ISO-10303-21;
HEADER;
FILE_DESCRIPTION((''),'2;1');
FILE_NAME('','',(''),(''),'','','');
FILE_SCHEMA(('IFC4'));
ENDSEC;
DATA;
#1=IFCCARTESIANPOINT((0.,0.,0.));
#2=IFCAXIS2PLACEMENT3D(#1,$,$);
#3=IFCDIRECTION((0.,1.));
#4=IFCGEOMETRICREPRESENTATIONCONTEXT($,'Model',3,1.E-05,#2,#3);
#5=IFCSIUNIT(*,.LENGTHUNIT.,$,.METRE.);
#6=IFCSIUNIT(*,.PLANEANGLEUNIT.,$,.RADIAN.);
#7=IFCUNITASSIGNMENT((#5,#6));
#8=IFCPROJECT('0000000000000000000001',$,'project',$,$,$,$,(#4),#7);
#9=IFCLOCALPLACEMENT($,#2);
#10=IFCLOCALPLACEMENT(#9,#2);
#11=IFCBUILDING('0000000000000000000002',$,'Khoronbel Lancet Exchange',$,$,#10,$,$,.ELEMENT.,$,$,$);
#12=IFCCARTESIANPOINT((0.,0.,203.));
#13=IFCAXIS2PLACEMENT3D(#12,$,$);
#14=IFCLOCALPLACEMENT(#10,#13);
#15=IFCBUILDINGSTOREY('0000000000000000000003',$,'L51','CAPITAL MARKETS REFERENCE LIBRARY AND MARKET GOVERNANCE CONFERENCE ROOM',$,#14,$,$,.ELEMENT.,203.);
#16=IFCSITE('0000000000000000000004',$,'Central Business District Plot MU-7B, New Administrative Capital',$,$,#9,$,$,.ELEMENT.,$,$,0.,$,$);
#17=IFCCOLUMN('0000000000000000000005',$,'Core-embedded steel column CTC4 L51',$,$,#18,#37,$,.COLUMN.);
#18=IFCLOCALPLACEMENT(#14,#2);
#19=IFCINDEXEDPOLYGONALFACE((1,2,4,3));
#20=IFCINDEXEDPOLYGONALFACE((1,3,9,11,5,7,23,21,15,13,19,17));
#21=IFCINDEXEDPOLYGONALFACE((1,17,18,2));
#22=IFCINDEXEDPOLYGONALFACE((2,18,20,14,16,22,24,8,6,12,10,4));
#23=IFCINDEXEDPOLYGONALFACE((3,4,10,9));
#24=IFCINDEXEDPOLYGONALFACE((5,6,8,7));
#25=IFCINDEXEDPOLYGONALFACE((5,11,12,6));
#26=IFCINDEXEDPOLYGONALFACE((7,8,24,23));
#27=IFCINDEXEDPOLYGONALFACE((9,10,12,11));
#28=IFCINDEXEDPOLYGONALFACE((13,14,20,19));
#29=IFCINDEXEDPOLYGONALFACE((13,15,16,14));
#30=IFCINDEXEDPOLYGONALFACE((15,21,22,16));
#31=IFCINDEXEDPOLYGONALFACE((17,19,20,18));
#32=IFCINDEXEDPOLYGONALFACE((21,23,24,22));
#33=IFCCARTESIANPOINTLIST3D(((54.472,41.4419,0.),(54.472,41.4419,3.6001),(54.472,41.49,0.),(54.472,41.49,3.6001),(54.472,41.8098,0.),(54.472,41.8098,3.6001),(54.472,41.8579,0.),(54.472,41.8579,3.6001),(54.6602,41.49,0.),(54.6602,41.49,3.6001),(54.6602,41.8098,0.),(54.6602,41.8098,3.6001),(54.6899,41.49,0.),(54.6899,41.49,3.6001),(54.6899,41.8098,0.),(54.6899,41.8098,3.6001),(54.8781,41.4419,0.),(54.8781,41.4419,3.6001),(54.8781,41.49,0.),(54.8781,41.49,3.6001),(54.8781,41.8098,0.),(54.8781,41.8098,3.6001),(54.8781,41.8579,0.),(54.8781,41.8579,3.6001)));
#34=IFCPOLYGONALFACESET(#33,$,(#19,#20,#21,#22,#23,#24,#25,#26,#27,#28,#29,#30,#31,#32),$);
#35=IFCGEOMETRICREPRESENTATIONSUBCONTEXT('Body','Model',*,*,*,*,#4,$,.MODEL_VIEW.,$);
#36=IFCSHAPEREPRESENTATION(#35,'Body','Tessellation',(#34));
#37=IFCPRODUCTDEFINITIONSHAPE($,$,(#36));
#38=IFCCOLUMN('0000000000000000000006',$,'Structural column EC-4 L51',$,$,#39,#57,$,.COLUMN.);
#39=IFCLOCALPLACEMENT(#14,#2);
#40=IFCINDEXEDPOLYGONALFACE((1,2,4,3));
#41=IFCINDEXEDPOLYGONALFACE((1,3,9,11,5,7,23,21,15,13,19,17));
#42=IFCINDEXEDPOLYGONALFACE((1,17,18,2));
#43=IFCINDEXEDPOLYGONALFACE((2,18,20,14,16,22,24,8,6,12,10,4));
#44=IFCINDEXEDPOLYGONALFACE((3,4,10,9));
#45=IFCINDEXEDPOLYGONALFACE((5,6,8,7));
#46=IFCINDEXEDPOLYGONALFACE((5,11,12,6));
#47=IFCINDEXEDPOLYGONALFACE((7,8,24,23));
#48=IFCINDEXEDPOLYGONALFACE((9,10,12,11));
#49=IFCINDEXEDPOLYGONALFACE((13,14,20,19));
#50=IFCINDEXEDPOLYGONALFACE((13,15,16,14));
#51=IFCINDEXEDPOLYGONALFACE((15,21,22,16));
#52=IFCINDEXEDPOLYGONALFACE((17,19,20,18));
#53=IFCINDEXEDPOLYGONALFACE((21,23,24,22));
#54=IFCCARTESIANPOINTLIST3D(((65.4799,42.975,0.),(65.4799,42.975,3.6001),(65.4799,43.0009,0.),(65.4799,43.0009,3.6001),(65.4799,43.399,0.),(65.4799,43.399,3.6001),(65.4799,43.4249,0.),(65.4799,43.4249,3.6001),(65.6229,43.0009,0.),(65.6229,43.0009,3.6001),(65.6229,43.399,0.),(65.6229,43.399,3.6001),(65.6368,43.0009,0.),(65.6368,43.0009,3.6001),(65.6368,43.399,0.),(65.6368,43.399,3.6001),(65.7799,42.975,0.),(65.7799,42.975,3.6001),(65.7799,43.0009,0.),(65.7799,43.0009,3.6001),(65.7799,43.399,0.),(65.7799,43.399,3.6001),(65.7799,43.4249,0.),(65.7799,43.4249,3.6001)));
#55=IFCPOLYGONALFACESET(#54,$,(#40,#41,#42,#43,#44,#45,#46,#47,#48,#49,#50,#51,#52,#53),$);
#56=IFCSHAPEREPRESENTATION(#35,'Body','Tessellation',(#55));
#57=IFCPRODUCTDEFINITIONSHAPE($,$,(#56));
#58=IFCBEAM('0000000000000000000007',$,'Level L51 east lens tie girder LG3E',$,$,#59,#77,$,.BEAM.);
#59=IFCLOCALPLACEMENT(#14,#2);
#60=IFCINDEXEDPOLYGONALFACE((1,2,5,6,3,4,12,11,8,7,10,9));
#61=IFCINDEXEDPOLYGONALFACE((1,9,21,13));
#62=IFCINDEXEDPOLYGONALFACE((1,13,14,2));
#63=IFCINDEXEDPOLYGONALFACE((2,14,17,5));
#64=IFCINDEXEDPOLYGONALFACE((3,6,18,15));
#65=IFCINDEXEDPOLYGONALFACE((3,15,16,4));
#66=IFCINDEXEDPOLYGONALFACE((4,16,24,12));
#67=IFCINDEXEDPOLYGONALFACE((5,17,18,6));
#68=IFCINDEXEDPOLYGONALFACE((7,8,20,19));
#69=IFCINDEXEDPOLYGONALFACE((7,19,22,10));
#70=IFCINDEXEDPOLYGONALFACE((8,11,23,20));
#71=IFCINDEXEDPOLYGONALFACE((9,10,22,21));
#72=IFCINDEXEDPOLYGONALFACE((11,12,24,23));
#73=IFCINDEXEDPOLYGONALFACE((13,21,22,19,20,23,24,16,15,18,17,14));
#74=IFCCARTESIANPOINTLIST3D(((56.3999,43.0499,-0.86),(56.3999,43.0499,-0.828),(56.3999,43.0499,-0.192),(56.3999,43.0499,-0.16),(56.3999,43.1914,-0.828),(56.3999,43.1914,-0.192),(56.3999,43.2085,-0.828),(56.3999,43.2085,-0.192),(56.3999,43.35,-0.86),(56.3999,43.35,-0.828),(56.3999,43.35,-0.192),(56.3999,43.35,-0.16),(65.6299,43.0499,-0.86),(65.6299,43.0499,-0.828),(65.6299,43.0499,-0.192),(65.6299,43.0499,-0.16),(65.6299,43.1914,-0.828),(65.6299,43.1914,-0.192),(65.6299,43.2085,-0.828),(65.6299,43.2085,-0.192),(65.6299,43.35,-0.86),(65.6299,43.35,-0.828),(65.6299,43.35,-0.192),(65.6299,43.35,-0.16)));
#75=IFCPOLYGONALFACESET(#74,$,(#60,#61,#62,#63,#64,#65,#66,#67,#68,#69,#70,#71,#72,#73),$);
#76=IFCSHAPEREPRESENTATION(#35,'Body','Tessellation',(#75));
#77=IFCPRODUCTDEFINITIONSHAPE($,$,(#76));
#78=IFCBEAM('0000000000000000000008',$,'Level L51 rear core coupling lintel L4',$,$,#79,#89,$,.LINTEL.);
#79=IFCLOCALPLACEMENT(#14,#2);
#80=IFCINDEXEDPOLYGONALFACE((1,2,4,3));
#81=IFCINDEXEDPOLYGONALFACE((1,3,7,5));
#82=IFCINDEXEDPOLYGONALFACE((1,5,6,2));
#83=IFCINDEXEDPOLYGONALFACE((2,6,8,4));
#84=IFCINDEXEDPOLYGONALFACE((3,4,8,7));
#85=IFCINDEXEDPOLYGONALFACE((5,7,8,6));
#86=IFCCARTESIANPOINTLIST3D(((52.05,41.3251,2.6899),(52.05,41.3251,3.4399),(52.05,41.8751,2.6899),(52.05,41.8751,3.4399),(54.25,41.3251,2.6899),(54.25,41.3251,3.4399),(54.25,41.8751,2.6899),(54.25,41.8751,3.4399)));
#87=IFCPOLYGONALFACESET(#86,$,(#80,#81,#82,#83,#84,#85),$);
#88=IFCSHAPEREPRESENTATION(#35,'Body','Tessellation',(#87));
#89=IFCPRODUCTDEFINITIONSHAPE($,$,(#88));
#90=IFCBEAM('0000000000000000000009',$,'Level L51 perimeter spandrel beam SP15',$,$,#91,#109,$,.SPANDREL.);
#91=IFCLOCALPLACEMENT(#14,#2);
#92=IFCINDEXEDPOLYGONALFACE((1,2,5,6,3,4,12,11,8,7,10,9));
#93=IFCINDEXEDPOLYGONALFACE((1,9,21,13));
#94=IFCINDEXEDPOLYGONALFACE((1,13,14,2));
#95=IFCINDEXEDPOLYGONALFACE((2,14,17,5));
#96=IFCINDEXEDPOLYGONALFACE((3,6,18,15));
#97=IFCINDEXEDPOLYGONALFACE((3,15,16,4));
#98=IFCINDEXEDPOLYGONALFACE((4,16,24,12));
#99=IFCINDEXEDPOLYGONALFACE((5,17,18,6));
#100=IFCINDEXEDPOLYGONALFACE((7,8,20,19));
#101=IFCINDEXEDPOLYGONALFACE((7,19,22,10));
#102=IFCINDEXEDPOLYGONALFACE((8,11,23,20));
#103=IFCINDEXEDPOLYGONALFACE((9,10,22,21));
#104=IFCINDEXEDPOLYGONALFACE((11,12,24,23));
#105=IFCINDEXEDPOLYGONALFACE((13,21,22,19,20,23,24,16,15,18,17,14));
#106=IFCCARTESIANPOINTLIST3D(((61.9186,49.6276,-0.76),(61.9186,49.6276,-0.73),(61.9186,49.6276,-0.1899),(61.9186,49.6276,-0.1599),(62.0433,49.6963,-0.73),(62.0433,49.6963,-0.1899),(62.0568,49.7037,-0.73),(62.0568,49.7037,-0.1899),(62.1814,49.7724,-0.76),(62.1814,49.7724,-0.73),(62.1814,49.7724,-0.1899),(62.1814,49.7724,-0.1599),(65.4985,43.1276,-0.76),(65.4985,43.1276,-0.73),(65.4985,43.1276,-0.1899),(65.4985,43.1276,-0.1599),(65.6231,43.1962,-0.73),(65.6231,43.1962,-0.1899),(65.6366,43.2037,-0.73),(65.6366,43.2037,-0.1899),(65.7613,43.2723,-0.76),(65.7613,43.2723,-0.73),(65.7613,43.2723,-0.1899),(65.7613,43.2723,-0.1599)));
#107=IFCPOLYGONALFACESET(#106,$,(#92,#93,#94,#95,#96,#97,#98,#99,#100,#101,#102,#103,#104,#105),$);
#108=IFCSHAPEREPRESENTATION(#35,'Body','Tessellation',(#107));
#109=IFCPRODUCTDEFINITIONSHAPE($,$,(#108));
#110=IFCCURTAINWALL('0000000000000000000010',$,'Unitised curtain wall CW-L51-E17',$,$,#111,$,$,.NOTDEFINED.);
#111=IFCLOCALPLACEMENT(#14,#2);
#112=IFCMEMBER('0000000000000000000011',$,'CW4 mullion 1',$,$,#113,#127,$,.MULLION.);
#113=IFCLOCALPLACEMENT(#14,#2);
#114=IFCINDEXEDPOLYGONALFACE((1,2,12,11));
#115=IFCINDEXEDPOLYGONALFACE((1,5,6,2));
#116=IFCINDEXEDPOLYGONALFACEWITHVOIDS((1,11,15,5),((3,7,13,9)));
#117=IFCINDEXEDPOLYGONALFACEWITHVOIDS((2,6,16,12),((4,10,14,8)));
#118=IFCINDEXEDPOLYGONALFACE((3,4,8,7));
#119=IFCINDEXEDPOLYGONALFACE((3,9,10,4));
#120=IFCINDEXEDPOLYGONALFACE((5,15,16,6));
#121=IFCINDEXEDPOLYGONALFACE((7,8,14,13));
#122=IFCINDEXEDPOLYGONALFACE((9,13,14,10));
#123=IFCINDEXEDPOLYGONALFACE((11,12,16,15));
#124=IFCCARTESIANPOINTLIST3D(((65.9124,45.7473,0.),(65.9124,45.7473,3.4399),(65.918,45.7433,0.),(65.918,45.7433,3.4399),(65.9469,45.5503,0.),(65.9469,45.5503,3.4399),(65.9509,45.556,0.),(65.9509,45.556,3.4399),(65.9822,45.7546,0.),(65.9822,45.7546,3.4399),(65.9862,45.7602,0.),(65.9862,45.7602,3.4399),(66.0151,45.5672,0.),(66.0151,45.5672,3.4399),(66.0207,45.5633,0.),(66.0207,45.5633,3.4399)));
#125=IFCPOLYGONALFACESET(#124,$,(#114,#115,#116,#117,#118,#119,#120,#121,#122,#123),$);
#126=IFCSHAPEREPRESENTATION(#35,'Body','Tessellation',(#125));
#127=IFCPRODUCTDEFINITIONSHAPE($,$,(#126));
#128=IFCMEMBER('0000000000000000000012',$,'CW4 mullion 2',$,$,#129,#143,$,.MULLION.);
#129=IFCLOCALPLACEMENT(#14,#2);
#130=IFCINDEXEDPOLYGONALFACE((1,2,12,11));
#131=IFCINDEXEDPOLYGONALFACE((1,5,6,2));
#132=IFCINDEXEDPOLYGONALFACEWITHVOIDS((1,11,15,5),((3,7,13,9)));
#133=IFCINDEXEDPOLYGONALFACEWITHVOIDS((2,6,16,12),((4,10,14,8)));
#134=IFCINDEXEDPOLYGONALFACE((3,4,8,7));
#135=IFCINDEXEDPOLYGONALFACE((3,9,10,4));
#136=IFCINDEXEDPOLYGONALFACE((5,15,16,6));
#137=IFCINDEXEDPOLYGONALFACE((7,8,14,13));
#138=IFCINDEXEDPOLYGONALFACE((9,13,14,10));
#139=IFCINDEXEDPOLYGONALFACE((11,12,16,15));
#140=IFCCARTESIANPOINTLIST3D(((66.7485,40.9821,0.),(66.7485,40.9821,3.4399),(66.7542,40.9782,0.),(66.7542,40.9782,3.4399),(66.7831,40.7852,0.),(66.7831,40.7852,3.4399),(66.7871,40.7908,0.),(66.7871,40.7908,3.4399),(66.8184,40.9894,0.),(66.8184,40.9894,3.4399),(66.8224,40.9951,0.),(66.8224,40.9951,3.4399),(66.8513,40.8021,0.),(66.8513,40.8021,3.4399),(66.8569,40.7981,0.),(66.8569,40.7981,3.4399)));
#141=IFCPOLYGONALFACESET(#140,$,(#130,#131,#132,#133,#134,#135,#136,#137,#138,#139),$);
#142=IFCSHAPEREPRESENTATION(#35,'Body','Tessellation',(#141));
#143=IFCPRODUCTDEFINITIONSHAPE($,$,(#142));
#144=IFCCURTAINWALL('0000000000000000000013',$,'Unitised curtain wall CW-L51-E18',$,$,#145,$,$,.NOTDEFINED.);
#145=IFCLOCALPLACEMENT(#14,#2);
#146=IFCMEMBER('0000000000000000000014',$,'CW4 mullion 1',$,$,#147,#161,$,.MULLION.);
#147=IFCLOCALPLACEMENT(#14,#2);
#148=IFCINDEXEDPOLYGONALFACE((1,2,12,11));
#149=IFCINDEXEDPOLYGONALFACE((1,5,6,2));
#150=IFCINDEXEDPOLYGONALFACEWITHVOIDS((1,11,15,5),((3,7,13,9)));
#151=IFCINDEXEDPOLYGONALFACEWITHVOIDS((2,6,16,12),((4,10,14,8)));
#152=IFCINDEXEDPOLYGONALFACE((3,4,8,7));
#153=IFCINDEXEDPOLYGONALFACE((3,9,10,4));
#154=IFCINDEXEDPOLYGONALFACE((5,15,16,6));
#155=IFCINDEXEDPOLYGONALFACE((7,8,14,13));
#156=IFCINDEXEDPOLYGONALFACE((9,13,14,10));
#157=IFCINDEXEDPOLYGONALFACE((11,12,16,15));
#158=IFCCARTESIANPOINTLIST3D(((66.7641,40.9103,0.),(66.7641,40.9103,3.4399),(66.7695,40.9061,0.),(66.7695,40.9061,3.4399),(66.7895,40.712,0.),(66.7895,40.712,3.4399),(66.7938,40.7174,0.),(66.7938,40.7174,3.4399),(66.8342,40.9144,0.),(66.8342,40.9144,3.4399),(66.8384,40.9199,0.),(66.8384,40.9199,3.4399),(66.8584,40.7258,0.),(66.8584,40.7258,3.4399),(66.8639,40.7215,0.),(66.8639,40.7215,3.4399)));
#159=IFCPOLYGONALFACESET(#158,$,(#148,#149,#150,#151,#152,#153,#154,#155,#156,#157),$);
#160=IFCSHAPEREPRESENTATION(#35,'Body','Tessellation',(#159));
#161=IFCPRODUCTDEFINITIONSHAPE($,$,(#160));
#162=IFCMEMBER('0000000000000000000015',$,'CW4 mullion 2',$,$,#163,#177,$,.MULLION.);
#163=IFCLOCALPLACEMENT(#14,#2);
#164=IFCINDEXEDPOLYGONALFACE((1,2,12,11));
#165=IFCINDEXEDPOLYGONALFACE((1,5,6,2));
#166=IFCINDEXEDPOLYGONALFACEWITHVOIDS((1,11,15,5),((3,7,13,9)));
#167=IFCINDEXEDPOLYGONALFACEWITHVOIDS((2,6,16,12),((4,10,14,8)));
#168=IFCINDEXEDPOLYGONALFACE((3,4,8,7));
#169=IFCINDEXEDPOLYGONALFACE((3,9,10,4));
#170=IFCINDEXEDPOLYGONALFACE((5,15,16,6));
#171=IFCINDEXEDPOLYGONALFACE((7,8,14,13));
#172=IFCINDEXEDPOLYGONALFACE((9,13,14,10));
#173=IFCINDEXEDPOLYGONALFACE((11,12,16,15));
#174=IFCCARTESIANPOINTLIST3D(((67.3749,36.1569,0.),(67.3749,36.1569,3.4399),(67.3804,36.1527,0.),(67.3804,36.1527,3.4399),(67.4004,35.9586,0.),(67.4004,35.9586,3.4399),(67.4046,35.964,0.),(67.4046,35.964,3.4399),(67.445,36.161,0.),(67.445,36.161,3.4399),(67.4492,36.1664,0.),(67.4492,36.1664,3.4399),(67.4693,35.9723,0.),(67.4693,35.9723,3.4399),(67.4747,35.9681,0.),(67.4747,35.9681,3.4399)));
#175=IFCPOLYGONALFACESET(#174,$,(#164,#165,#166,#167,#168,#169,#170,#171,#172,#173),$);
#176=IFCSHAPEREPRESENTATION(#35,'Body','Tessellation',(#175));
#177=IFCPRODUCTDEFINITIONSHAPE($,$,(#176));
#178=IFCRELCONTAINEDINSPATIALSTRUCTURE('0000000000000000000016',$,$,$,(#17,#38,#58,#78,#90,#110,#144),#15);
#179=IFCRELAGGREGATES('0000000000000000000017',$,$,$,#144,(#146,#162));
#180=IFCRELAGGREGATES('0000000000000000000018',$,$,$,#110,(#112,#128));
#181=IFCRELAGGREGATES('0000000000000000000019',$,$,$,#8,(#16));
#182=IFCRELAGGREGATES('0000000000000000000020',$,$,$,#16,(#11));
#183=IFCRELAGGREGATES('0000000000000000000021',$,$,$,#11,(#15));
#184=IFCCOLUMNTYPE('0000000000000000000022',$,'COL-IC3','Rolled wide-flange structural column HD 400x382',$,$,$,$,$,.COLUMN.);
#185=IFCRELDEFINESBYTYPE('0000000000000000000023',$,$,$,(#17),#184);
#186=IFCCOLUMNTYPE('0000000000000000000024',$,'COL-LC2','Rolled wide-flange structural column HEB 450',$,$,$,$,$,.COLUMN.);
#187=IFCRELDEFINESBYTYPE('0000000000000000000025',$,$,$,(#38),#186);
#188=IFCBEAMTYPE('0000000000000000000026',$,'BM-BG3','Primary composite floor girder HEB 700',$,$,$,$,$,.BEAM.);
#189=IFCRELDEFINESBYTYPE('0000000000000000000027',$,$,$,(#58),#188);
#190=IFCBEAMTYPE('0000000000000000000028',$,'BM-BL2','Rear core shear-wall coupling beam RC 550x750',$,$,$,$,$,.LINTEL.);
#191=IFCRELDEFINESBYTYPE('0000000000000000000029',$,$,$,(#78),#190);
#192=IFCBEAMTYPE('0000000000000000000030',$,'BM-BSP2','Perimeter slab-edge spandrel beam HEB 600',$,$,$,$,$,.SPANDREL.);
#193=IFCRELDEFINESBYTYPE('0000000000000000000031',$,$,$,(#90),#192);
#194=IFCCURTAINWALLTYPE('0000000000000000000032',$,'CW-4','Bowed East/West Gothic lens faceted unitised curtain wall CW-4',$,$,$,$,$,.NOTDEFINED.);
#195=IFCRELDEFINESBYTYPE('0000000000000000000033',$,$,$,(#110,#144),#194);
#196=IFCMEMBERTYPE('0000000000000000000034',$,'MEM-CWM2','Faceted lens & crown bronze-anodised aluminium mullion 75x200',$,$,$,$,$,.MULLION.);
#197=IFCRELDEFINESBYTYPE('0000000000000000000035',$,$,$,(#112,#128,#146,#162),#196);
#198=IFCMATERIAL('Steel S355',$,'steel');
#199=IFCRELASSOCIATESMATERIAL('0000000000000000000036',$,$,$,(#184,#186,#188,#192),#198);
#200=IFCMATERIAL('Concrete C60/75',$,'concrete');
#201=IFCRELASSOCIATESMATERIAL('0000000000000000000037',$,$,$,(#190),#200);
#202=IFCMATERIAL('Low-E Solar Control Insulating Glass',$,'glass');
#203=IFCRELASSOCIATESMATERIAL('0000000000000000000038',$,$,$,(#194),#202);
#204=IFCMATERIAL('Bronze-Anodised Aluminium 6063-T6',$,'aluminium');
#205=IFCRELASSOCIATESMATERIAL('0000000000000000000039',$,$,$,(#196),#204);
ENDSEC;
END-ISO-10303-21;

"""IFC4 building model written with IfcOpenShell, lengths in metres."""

from ifc_helpers import new_model, si_unit, direction, frame, origin, origin_2d, place, context, subcontext, project, spatial, rectangle, hollow_rectangle, i_section, extrude, material, material_profile, profile_set, type_object, element, aggregate, save


model = new_model("IFC4")

# Units and contexts
model_context = context("Model", 3, precision=1e-05, world=origin(), true_north=direction((0.0, 1.0)))
body_context = subcontext(model_context, "Body", "Model", "MODEL_VIEW")
ifc_project = project(units=[si_unit("LENGTHUNIT", "METRE"), si_unit("PLANEANGLEUNIT", "RADIAN")], contexts=[model_context])

# Site, building, storey
site_placement = place(None, origin())
site = spatial("IfcSite", under=ifc_project, at=site_placement, Name="Central Business District Plot MU-7B, New Administrative Capital", CompositionType="ELEMENT", RefElevation=0.0)
building_placement = place(site_placement, origin())
building = spatial("IfcBuilding", under=site, at=building_placement, Name="Khoronbel Lancet Exchange", CompositionType="ELEMENT")
storey_placement = place(building_placement, frame((0.0, 0.0, 203.0)))
storey = spatial("IfcBuildingStorey", under=building, at=storey_placement, Name="L51", Description="CAPITAL MARKETS REFERENCE LIBRARY AND MARKET GOVERNANCE CONFERENCE ROOM", CompositionType="ELEMENT", Elevation=203.0)

# Columns
ifc_material_1 = material(Name="Steel S355", Category="steel")
ifc_material_profile_1 = material_profile(ifc_material_1, i_section(OverallWidth=0.406, OverallDepth=0.416, WebThickness=0.0298, FlangeThickness=0.0481, at=origin_2d()), Name="HD 400x382")
ifc_profile_set_1 = profile_set([ifc_material_profile_1], Name="Steel S355")
column_type_1 = type_object("IfcColumnType", Name="COL-IC3", Description="Rolled wide-flange structural column HD 400x382", PredefinedType="COLUMN", material=ifc_profile_set_1)
column_1_placement = place(storey_placement, frame((54.675, 41.6499, 0.0), z_axis=(0.0, 0.0, 1.0), x_axis=(1.0, 0.0, 0.0)))
element("IfcColumn", 1, at=column_1_placement, inside=storey, type_object=column_type_1, Name="Core-embedded steel column CTC4 L51", PredefinedType="COLUMN", context=body_context, shape_type="SweptSolid", body=[
    extrude(i_section(OverallWidth=0.406, OverallDepth=0.416, WebThickness=0.0298, FlangeThickness=0.0481, at=origin_2d()), origin(), (0.0, 0.0, 1.0), 3.6001),
])
ifc_material_profile_2 = material_profile(ifc_material_1, i_section(OverallWidth=0.3, OverallDepth=0.45, WebThickness=0.0139, FlangeThickness=0.0259, at=origin_2d()), Name="HEB 450")
ifc_profile_set_2 = profile_set([ifc_material_profile_2], Name="Steel S355")
column_type_2 = type_object("IfcColumnType", Name="COL-LC2", Description="Rolled wide-flange structural column HEB 450", PredefinedType="COLUMN", material=ifc_profile_set_2)
column_2_placement = place(storey_placement, frame((65.6299, 43.2, 0.0), z_axis=(0.0, 0.0, 1.0), x_axis=(1.0, 0.0, 0.0)))
element("IfcColumn", 2, at=column_2_placement, inside=storey, type_object=column_type_2, Name="Structural column EC-4 L51", PredefinedType="COLUMN", context=body_context, shape_type="SweptSolid", body=[
    extrude(i_section(OverallWidth=0.3, OverallDepth=0.45, WebThickness=0.0139, FlangeThickness=0.0259, at=origin_2d()), origin(), (0.0, 0.0, 1.0), 3.6001),
])

# Beams
ifc_material_profile_3 = material_profile(ifc_material_1, i_section(OverallWidth=0.3, OverallDepth=0.7, WebThickness=0.0171, FlangeThickness=0.032, at=origin_2d()), Name="HEB 700")
ifc_profile_set_3 = profile_set([ifc_material_profile_3], Name="Steel S355")
beam_type_1 = type_object("IfcBeamType", Name="BM-BG3", Description="Primary composite floor girder HEB 700", PredefinedType="BEAM", material=ifc_profile_set_3)
beam_1_placement = place(storey_placement, frame((56.3999, 43.2, -0.51), z_axis=(1.0, 0.0, 0.0), x_axis=(0.0, 1.0, 0.0)))
element("IfcBeam", 3, at=beam_1_placement, inside=storey, type_object=beam_type_1, Name="Level L51 east lens tie girder LG3E", PredefinedType="BEAM", context=body_context, shape_type="SweptSolid", body=[
    extrude(i_section(OverallWidth=0.3, OverallDepth=0.7, WebThickness=0.0171, FlangeThickness=0.032, at=origin_2d()), origin(), (0.0, 0.0, 1.0), 9.23),
])
ifc_material_2 = material(Name="Concrete C60/75", Category="concrete")
ifc_material_profile_4 = material_profile(ifc_material_2, rectangle(XDim=0.55, YDim=0.75, at=origin_2d()), Name="RC 550x750")
ifc_profile_set_4 = profile_set([ifc_material_profile_4], Name="Concrete C60/75")
beam_type_2 = type_object("IfcBeamType", Name="BM-BL2", Description="Rear core shear-wall coupling beam RC 550x750", PredefinedType="LINTEL", material=ifc_profile_set_4)
beam_2_placement = place(storey_placement, frame((52.05, 41.6001, 3.0649), z_axis=(1.0, 0.0, 0.0), x_axis=(0.0, 1.0, 0.0)))
element("IfcBeam", 4, at=beam_2_placement, inside=storey, type_object=beam_type_2, Name="Level L51 rear core coupling lintel L4", PredefinedType="LINTEL", context=body_context, shape_type="SweptSolid", body=[
    extrude(rectangle(XDim=0.55, YDim=0.75, at=origin_2d()), origin(), (0.0, 0.0, 1.0), 2.2),
])
ifc_material_profile_5 = material_profile(ifc_material_1, i_section(OverallWidth=0.3, OverallDepth=0.6001, WebThickness=0.0154, FlangeThickness=0.03, at=origin_2d()), Name="HEB 600")
ifc_profile_set_5 = profile_set([ifc_material_profile_5], Name="Steel S355")
beam_type_3 = type_object("IfcBeamType", Name="BM-BSP2", Description="Perimeter slab-edge spandrel beam HEB 600", PredefinedType="SPANDREL", material=ifc_profile_set_5)
beam_3_placement = place(storey_placement, frame((65.6299, 43.2, -0.46), z_axis=(-0.482419, 0.875941, 0.0), x_axis=(-0.875941, -0.482419, 0.0)))
element("IfcBeam", 5, at=beam_3_placement, inside=storey, type_object=beam_type_3, Name="Level L51 perimeter spandrel beam SP15", PredefinedType="SPANDREL", context=body_context, shape_type="SweptSolid", body=[
    extrude(i_section(OverallWidth=0.3, OverallDepth=0.6001, WebThickness=0.0154, FlangeThickness=0.03, at=origin_2d()), origin(), (0.0, 0.0, 1.0), 7.4207),
])

# Curtain walls, members
ifc_material_3 = material(Name="Low-E Solar Control Insulating Glass", Category="glass")
curtain_wall_type = type_object("IfcCurtainWallType", Name="CW-4", Description="Bowed East/West Gothic lens faceted unitised curtain wall CW-4", PredefinedType="NOTDEFINED", material=ifc_material_3)
curtain_wall_1_placement = place(storey_placement, origin())
curtain_wall_1 = element("IfcCurtainWall", 6, at=curtain_wall_1_placement, inside=storey, type_object=curtain_wall_type, Name="Unitised curtain wall CW-L51-E17", PredefinedType="NOTDEFINED")
ifc_material_4 = material(Name="Bronze-Anodised Aluminium 6063-T6", Category="aluminium")
ifc_material_profile_6 = material_profile(ifc_material_4, hollow_rectangle(XDim=0.075, YDim=0.2, WallThickness=0.0049, at=origin_2d()), Name="ALU MULLION 75x200")
ifc_profile_set_6 = profile_set([ifc_material_profile_6], Name="Bronze-Anodised Aluminium 6063-T6")
member_type_1 = type_object("IfcMemberType", Name="MEM-CWM2", Description="Faceted lens & crown bronze-anodised aluminium mullion 75x200", PredefinedType="MULLION", material=ifc_profile_set_6)
member_1_placement = place(storey_placement, frame((65.9666, 45.6553, 0.0), z_axis=(0.0, 0.0, 1.0), x_axis=(0.984945, 0.172869, 0.0)))
member_1 = element("IfcMember", 7, at=member_1_placement, type_object=member_type_1, Name="CW4 mullion 1", PredefinedType="MULLION", context=body_context, shape_type="SweptSolid", body=[
    extrude(hollow_rectangle(XDim=0.075, YDim=0.2, WallThickness=0.0049, at=origin_2d()), origin(), (0.0, 0.0, 1.0), 3.4399),
])
member_2_placement = place(storey_placement, frame((66.8027, 40.8901, 0.0), z_axis=(0.0, 0.0, 1.0), x_axis=(0.984945, 0.172869, 0.0)))
member_2 = element("IfcMember", 8, at=member_2_placement, type_object=member_type_1, Name="CW4 mullion 2", PredefinedType="MULLION", context=body_context, shape_type="SweptSolid", body=[
    extrude(hollow_rectangle(XDim=0.075, YDim=0.2, WallThickness=0.0049, at=origin_2d()), origin(), (0.0, 0.0, 1.0), 3.4399),
])
curtain_wall_2_placement = place(storey_placement, origin())
curtain_wall_2 = element("IfcCurtainWall", 9, at=curtain_wall_2_placement, inside=storey, type_object=curtain_wall_type, Name="Unitised curtain wall CW-L51-E18", PredefinedType="NOTDEFINED")
member_3_placement = place(storey_placement, frame((66.814, 40.8159, 0.0), z_axis=(0.0, 0.0, 1.0), x_axis=(0.991847, 0.127437, 0.0)))
member_3 = element("IfcMember", 10, at=member_3_placement, type_object=member_type_1, Name="CW4 mullion 1", PredefinedType="MULLION", context=body_context, shape_type="SweptSolid", body=[
    extrude(hollow_rectangle(XDim=0.075, YDim=0.2, WallThickness=0.0049, at=origin_2d()), origin(), (0.0, 0.0, 1.0), 3.4399),
])
member_4_placement = place(storey_placement, frame((67.4248, 36.0625, 0.0), z_axis=(0.0, 0.0, 1.0), x_axis=(0.991847, 0.127437, 0.0)))
member_4 = element("IfcMember", 11, at=member_4_placement, type_object=member_type_1, Name="CW4 mullion 2", PredefinedType="MULLION", context=body_context, shape_type="SweptSolid", body=[
    extrude(hollow_rectangle(XDim=0.075, YDim=0.2, WallThickness=0.0049, at=origin_2d()), origin(), (0.0, 0.0, 1.0), 3.4399),
])

aggregate(curtain_wall_2, [member_3, member_4])
aggregate(curtain_wall_1, [member_1, member_2])

save(model, "model.ifc")
